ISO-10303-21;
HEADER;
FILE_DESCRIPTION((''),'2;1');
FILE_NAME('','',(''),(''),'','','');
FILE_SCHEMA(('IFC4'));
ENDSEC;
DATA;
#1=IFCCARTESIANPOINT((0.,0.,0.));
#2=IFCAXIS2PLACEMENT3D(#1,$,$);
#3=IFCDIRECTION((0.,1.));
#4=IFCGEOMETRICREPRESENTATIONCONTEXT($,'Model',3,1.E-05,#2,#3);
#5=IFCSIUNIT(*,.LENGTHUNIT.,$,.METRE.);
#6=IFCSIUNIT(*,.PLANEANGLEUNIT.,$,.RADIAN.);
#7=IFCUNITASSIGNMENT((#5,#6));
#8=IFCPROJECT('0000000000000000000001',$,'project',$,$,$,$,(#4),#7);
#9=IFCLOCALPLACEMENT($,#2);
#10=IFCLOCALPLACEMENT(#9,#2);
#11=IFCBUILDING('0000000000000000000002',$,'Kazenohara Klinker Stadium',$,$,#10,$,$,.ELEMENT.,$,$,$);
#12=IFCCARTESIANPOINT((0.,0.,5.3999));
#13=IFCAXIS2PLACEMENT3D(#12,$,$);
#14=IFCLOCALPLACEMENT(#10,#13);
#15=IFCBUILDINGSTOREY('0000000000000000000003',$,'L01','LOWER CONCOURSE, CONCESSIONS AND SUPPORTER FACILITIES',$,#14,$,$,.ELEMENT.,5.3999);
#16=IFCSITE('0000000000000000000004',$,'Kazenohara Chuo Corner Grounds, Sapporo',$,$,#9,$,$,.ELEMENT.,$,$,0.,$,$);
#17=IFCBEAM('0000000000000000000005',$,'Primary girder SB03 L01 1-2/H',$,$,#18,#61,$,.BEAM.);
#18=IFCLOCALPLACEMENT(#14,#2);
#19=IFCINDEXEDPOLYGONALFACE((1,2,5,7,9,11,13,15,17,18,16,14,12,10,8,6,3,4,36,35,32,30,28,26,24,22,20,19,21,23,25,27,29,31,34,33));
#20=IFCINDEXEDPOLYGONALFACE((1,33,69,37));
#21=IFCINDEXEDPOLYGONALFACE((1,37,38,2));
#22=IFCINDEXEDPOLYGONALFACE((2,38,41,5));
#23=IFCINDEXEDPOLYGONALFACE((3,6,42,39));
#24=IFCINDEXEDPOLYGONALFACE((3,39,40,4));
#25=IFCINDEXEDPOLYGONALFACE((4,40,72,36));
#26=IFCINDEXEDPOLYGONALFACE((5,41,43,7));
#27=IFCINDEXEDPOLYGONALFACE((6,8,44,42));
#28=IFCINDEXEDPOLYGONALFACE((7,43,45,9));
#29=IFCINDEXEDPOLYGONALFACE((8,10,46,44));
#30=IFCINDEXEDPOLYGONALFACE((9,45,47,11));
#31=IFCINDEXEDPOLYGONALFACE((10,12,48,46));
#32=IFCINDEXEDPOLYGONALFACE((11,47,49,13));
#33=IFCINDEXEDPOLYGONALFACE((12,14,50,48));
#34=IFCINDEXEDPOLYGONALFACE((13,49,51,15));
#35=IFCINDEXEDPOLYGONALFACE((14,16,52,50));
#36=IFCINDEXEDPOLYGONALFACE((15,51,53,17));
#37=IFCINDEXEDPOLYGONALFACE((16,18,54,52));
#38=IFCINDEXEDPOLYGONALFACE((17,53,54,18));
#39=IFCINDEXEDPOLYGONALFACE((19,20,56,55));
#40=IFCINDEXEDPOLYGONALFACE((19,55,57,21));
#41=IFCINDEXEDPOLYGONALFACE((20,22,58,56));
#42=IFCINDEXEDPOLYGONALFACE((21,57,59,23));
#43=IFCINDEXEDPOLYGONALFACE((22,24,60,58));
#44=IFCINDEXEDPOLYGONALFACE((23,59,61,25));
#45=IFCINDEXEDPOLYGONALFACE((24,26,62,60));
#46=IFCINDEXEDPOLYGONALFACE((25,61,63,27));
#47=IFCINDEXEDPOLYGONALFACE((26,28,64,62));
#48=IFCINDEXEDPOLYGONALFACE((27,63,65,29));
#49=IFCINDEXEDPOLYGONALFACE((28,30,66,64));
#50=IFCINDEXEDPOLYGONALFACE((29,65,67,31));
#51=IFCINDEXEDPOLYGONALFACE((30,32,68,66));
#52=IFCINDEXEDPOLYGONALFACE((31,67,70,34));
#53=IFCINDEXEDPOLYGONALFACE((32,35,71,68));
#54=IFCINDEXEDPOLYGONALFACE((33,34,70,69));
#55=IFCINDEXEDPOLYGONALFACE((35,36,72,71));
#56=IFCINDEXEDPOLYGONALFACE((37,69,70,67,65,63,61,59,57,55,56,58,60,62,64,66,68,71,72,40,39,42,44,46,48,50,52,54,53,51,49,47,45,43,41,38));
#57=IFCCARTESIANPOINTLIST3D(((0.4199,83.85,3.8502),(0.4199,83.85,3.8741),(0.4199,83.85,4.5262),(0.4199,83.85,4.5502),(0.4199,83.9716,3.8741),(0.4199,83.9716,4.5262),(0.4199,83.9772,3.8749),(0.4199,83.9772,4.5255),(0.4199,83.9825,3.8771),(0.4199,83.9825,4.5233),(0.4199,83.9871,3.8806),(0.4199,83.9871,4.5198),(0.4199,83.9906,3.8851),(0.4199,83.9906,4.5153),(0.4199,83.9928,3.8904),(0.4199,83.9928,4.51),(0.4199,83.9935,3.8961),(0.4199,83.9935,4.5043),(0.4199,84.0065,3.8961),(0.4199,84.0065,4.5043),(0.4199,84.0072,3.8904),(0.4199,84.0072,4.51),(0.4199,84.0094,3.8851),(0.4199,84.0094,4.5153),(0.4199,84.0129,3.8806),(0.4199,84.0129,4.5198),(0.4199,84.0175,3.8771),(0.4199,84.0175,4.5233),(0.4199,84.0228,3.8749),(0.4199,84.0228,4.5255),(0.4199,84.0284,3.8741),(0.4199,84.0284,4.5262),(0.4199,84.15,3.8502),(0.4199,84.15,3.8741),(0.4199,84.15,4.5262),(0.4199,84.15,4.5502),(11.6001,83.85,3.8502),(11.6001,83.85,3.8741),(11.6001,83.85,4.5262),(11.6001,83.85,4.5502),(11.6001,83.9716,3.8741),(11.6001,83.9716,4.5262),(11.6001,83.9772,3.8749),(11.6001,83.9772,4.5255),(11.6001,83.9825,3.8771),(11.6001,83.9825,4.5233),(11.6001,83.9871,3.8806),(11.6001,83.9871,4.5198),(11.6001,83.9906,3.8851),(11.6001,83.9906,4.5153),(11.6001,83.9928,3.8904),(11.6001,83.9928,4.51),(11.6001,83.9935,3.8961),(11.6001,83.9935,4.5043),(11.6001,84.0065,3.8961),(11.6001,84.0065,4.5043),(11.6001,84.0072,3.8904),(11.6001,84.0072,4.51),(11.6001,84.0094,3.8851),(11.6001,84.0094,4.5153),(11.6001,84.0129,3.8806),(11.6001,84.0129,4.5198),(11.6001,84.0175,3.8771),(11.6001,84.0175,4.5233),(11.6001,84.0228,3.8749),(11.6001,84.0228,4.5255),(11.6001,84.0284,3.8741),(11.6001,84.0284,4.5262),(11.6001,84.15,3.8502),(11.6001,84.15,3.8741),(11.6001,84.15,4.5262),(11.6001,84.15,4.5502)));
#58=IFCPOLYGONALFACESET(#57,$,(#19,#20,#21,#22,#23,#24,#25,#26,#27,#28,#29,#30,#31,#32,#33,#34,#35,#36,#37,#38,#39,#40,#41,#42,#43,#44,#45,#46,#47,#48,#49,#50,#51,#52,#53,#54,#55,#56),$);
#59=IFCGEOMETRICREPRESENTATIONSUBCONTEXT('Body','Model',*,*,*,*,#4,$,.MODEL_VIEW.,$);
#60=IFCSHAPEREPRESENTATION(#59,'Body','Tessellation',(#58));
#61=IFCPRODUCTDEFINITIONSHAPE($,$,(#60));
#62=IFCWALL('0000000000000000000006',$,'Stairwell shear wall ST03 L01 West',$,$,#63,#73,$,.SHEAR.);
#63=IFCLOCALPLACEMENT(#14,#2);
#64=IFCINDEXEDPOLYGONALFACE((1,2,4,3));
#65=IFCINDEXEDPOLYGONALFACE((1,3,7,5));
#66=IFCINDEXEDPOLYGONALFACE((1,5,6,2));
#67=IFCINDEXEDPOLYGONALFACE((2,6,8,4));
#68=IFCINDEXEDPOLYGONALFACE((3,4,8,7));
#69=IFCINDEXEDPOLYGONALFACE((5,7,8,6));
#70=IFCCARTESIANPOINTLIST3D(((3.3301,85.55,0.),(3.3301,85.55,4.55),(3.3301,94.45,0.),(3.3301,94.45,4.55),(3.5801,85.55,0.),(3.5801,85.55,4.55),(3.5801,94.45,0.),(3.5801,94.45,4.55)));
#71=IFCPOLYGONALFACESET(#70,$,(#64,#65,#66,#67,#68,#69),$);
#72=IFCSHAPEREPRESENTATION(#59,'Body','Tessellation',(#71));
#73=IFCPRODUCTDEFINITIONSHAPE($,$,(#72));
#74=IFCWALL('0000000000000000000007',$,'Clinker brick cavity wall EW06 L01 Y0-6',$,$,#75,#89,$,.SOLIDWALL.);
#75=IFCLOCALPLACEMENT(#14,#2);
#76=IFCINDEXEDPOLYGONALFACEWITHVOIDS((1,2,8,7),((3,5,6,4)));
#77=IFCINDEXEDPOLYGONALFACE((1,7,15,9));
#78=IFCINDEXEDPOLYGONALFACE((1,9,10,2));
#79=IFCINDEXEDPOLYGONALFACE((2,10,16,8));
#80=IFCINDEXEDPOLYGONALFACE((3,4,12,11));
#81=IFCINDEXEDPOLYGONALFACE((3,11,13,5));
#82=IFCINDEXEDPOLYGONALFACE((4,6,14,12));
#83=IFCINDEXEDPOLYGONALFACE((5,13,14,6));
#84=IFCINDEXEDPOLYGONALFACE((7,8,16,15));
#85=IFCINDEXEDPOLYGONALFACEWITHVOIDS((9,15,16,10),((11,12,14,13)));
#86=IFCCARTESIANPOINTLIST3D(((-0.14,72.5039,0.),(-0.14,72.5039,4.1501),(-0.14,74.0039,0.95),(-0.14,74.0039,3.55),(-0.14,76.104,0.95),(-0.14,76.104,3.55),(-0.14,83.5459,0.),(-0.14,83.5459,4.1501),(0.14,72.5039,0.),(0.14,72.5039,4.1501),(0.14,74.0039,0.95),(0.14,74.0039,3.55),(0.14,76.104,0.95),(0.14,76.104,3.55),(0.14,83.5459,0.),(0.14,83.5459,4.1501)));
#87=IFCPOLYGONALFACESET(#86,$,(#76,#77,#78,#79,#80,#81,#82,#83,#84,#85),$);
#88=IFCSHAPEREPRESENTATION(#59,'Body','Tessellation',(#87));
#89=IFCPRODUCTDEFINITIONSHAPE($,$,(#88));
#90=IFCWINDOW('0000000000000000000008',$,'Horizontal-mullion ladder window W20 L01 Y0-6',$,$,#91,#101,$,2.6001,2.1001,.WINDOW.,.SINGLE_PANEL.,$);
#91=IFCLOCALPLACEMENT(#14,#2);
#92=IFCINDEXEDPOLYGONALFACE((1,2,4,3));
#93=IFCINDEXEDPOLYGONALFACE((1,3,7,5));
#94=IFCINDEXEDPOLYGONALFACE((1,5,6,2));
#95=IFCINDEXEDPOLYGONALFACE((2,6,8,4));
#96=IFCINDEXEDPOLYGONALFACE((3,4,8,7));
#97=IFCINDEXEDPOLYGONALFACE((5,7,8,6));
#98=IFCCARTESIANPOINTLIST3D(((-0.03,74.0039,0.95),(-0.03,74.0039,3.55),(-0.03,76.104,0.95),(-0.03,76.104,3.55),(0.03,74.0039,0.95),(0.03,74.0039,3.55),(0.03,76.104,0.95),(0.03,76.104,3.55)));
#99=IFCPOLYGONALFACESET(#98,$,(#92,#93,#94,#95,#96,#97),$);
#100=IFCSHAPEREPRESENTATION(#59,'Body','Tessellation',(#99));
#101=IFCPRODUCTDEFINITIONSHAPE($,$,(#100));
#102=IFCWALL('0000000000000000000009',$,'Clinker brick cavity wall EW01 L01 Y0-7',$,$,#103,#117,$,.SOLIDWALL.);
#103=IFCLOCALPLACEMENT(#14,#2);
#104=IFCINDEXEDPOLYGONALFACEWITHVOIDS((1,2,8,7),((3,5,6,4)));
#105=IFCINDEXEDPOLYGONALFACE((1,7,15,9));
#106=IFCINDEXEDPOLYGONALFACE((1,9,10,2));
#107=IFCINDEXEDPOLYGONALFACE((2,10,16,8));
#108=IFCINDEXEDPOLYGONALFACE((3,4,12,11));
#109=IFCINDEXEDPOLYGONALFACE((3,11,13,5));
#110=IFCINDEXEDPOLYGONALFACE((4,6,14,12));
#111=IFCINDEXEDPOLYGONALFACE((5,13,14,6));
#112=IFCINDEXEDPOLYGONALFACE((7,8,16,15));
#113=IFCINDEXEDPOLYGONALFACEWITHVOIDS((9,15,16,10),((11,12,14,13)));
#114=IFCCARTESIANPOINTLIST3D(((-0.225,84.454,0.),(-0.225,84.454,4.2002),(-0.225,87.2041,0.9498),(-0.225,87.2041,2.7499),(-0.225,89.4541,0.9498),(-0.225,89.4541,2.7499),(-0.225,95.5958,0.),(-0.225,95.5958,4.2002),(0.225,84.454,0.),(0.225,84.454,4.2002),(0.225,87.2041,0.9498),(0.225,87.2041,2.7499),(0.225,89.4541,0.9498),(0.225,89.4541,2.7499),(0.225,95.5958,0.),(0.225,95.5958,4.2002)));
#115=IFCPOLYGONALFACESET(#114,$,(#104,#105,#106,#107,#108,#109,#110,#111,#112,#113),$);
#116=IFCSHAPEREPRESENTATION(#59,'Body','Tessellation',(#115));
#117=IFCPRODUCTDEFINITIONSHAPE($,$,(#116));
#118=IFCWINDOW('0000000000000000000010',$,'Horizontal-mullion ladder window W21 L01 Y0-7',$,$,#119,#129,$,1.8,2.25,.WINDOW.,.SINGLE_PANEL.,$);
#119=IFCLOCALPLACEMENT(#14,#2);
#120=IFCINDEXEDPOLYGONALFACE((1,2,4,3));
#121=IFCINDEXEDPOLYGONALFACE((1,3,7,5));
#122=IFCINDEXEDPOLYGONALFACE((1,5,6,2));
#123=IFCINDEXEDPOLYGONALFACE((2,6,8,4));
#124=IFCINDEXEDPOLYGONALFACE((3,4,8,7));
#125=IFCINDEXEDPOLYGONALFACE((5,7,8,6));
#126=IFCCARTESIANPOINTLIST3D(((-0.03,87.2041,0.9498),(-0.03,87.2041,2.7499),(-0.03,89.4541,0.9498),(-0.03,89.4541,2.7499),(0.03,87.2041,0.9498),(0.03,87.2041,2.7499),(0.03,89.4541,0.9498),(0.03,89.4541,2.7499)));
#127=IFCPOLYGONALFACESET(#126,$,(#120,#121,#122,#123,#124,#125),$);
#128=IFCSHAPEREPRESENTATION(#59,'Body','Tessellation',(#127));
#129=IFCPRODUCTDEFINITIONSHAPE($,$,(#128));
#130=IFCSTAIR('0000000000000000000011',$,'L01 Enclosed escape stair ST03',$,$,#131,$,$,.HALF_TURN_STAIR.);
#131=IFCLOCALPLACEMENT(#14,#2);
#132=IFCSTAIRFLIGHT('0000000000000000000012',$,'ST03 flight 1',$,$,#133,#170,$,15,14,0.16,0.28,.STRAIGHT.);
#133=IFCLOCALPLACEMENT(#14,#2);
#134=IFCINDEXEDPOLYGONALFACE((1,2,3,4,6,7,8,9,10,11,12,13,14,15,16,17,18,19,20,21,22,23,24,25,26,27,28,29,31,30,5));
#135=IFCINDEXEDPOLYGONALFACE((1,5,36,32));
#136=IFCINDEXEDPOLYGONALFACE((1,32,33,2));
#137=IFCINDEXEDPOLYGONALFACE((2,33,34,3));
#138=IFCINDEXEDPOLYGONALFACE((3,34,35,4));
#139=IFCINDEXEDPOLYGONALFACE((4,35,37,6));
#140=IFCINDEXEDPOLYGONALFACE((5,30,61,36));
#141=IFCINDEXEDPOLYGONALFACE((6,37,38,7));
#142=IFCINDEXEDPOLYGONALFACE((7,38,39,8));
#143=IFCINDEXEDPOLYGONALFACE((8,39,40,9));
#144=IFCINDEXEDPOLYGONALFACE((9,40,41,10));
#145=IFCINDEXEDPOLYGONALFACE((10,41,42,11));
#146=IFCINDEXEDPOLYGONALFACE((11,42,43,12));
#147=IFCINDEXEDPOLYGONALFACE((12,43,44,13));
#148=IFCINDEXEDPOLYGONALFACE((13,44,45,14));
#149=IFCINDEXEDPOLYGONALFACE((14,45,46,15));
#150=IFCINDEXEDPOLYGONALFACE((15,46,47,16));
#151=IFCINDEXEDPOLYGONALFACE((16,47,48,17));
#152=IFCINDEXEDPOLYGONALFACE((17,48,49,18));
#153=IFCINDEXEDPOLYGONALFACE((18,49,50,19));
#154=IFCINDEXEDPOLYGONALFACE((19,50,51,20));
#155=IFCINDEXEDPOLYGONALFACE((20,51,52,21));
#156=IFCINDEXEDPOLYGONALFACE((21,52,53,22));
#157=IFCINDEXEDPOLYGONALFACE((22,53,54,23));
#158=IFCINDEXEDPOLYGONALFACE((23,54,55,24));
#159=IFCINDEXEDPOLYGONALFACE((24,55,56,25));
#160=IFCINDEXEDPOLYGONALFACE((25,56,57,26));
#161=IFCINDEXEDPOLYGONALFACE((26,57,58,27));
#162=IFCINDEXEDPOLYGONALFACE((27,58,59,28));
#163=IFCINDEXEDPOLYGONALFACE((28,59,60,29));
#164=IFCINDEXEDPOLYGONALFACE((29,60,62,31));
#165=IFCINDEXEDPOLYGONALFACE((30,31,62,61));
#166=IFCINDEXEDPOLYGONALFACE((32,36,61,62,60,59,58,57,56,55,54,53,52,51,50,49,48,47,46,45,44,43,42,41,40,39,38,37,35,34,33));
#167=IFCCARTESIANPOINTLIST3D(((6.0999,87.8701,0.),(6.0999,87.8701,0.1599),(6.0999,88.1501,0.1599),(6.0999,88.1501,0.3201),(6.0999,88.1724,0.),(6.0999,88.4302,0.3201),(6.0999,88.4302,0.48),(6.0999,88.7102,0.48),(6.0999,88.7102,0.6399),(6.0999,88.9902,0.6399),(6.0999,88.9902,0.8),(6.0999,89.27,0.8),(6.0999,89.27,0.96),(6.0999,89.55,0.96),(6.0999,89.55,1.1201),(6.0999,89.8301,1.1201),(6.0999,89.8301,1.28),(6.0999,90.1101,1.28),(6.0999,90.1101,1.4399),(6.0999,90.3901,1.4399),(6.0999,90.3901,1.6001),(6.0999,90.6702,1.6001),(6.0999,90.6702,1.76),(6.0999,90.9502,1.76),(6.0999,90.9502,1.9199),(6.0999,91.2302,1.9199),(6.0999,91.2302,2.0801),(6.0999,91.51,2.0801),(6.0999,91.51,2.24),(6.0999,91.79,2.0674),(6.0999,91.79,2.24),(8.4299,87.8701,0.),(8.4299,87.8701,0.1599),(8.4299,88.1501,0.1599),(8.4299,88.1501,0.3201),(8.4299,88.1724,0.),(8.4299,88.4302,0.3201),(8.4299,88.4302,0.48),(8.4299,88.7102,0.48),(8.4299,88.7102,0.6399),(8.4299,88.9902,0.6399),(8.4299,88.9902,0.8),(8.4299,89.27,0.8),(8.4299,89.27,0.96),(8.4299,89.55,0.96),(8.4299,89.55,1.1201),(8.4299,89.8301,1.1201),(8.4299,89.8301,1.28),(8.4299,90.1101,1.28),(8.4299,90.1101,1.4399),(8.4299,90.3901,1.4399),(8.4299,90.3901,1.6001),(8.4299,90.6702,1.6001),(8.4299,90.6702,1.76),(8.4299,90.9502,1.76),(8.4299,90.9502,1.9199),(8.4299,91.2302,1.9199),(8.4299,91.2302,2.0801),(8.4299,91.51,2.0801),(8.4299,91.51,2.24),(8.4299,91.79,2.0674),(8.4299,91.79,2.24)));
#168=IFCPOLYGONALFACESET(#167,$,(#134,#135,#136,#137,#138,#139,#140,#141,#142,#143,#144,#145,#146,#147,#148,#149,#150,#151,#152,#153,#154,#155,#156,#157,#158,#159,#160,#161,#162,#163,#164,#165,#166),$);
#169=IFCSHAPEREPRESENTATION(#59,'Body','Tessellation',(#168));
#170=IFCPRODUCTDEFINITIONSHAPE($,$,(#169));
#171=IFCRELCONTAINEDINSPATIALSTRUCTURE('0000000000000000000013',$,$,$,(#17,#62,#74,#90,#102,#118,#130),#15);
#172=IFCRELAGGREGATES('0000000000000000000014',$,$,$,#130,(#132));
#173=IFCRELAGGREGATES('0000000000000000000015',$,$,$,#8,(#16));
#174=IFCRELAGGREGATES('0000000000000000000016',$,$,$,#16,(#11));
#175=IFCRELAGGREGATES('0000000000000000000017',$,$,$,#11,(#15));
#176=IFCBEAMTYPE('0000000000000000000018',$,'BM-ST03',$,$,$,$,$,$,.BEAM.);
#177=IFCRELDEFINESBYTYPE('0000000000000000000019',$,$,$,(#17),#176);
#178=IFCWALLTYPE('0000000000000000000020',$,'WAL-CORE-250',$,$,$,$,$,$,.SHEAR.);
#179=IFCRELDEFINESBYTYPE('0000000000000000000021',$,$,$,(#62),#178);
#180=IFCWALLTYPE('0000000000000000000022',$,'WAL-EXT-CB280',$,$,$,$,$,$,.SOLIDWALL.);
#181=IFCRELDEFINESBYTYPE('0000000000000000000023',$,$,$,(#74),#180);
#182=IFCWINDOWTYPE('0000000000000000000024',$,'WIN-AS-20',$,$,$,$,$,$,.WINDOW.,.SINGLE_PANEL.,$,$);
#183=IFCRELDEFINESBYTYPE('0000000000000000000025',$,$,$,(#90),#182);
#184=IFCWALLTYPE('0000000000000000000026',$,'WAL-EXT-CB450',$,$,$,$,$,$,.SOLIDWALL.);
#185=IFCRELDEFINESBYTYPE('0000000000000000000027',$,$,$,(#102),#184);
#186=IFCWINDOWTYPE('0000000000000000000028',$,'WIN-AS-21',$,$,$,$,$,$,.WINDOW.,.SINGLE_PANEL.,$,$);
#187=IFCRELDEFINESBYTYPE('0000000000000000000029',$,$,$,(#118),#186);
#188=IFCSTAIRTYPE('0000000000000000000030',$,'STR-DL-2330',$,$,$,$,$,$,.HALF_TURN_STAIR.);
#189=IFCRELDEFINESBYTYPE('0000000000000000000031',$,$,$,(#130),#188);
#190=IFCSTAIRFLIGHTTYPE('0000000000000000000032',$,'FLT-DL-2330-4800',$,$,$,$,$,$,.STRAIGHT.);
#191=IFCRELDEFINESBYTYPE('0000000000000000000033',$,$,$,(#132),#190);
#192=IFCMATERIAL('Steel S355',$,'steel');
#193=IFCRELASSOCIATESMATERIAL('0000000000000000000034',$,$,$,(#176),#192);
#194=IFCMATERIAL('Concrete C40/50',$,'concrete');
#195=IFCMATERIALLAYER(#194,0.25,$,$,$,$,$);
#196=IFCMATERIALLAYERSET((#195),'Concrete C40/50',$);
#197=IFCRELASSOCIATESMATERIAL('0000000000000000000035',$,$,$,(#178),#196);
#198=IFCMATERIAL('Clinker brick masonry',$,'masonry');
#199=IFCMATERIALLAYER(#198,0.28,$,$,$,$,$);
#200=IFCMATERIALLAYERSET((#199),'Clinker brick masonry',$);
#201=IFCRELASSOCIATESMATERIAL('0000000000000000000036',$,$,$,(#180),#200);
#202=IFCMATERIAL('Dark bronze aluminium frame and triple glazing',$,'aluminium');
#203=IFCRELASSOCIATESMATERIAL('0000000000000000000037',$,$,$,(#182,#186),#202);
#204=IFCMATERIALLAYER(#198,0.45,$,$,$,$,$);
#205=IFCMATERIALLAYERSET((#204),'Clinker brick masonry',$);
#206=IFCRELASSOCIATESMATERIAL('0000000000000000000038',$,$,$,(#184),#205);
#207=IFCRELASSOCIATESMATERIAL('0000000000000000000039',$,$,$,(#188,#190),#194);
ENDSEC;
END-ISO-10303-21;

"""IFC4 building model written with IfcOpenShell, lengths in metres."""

from ifc_helpers import new_model, si_unit, direction, frame, frame_2d, origin, origin_2d, place, context, subcontext, project, spatial, polyline, rectangle, i_section, outline, extrude, material, layer, layer_set, material_profile, profile_set, type_object, element, fill, aggregate, save


model = new_model("IFC4")

# Units and contexts
model_context = context("Model", 3, precision=1e-05, world=origin(), true_north=direction((0.0, 1.0)))
body_context = subcontext(model_context, "Body", "Model", "MODEL_VIEW")
ifc_project = project(units=[si_unit("LENGTHUNIT", "METRE"), si_unit("PLANEANGLEUNIT", "RADIAN")], contexts=[model_context])

# Site, building, storey
site_placement = place(None, origin())
site = spatial("IfcSite", under=ifc_project, at=site_placement, Name="Kazenohara Chuo Corner Grounds, Sapporo", CompositionType="ELEMENT", RefElevation=0.0)
building_placement = place(site_placement, origin())
building = spatial("IfcBuilding", under=site, at=building_placement, Name="Kazenohara Klinker Stadium", CompositionType="ELEMENT")
storey_placement = place(building_placement, frame((0.0, 0.0, 5.3999)))
storey = spatial("IfcBuildingStorey", under=building, at=storey_placement, Name="L01", Description="LOWER CONCOURSE, CONCESSIONS AND SUPPORTER FACILITIES", CompositionType="ELEMENT", Elevation=5.3999)

# Shared definitions
ifc_material_1 = material(Name="Concrete C40/50", Category="concrete")

# Beam
ifc_material_2 = material(Name="Steel S355", Category="steel")
ifc_material_profile_1 = material_profile(ifc_material_2, i_section(OverallWidth=0.3, OverallDepth=0.7, WebThickness=0.0129, FlangeThickness=0.0239, FilletRadius=0.022, at=origin_2d()), Name="H-700x300x13x24")
ifc_profile_set_1 = profile_set([ifc_material_profile_1], Name="Steel S355")
beam_type_1 = type_object("IfcBeamType", Name="BM-ST03", PredefinedType="BEAM", material=ifc_profile_set_1)
beam_1_placement = place(storey_placement, frame((0.4199, 84.0, 4.2002), z_axis=(1.0, 0.0, 0.0), x_axis=(0.0, 1.0, 0.0)))
element("IfcBeam", 1, at=beam_1_placement, inside=storey, type_object=beam_type_1, Name="Primary girder SB03 L01 1-2/H", PredefinedType="BEAM", context=body_context, shape_type="SweptSolid", body=[
    extrude(i_section(OverallWidth=0.3, OverallDepth=0.7, WebThickness=0.0129, FlangeThickness=0.0239, FilletRadius=0.022, at=origin_2d()), origin(), (0.0, 0.0, 1.0), 11.1802),
])

# Shared definitions
ifc_layer_1 = layer(ifc_material_1, 0.25)
ifc_layer_set_1 = layer_set([ifc_layer_1], Name="Concrete C40/50")
wall_type_1 = type_object("IfcWallType", Name="WAL-CORE-250", PredefinedType="SHEAR", material=ifc_layer_set_1)

# Wall
wall_1_placement = place(storey_placement, frame((3.4551, 85.55, 0.0), z_axis=(0.0, 0.0, 1.0), x_axis=(0.0, 1.0, 0.0)))
element("IfcWall", 2, at=wall_1_placement, inside=storey, type_object=wall_type_1, Name="Stairwell shear wall ST03 L01 West", PredefinedType="SHEAR", context=body_context, shape_type="SweptSolid", body=[
    extrude(rectangle(XDim=8.8999, YDim=0.25, at=frame_2d((4.45, 0.0))), origin(), (0.0, 0.0, 1.0), 4.55),
])

# Walls, openings, windows
ifc_material_3 = material(Name="Clinker brick masonry", Category="masonry")
ifc_layer_2 = layer(ifc_material_3, 0.28)
ifc_layer_set_2 = layer_set([ifc_layer_2], Name="Clinker brick masonry")
wall_type_2 = type_object("IfcWallType", Name="WAL-EXT-CB280", PredefinedType="SOLIDWALL", material=ifc_layer_set_2)
wall_2_placement = place(storey_placement, frame((0.0, 72.5039, 0.0), z_axis=(0.0, 0.0, 1.0), x_axis=(0.0, 1.0, 0.0)))
wall_2 = element("IfcWall", 3, at=wall_2_placement, inside=storey, type_object=wall_type_2, Name="Clinker brick cavity wall EW06 L01 Y0-6", PredefinedType="SOLIDWALL", context=body_context, shape_type="SweptSolid", body=[
    extrude(rectangle(XDim=11.042, YDim=0.28, at=frame_2d((5.521, 0.0))), origin(), (0.0, 0.0, 1.0), 4.1501),
])
opening_1_placement = place(wall_2_placement, frame((1.5, 0.0, 0.95)))
opening_1 = element("IfcOpeningElement", 4, at=opening_1_placement, cuts=wall_2, PredefinedType="OPENING", context=body_context, shape_type="SweptSolid", body=[
    extrude(rectangle(XDim=2.1001, YDim=2.6001, at=frame_2d((1.05, 1.3))), frame((0.0, 0.1499, 0.0), z_axis=(0.0, -1.0, 0.0), x_axis=(1.0, 0.0, 0.0)), (0.0, 0.0, 1.0), 0.3),
])
ifc_material_4 = material(Name="Dark bronze aluminium frame and triple glazing", Category="aluminium")
window_type_1 = type_object("IfcWindowType", Name="WIN-AS-20", PartitioningType="SINGLE_PANEL", PredefinedType="WINDOW", material=ifc_material_4)
window_1_placement = place(opening_1_placement, origin())
window_1 = element("IfcWindow", 5, at=window_1_placement, inside=storey, type_object=window_type_1, Name="Horizontal-mullion ladder window W20 L01 Y0-6", OverallHeight=2.6001, OverallWidth=2.1001, PartitioningType="SINGLE_PANEL", PredefinedType="WINDOW", context=body_context, shape_type="SweptSolid", body=[
    extrude(rectangle(XDim=2.1001, YDim=2.6001, at=frame_2d((1.05, 1.3))), frame((0.0, 0.03, 0.0), z_axis=(0.0, -1.0, 0.0), x_axis=(1.0, 0.0, 0.0)), (0.0, 0.0, 1.0), 0.0601),
])
fill(opening_1, window_1)
ifc_layer_3 = layer(ifc_material_3, 0.45)
ifc_layer_set_3 = layer_set([ifc_layer_3], Name="Clinker brick masonry")
wall_type_3 = type_object("IfcWallType", Name="WAL-EXT-CB450", PredefinedType="SOLIDWALL", material=ifc_layer_set_3)
wall_3_placement = place(storey_placement, frame((0.0, 84.4541, 0.0), z_axis=(0.0, 0.0, 1.0), x_axis=(0.0, 1.0, 0.0)))
wall_3 = element("IfcWall", 6, at=wall_3_placement, inside=storey, type_object=wall_type_3, Name="Clinker brick cavity wall EW01 L01 Y0-7", PredefinedType="SOLIDWALL", context=body_context, shape_type="SweptSolid", body=[
    extrude(rectangle(XDim=11.1418, YDim=0.45, at=frame_2d((5.5708, 0.0))), origin(), (0.0, 0.0, 1.0), 4.2002),
])
opening_2_placement = place(wall_3_placement, frame((2.75, 0.0, 0.95)))
opening_2 = element("IfcOpeningElement", 7, at=opening_2_placement, cuts=wall_3, PredefinedType="OPENING", context=body_context, shape_type="SweptSolid", body=[
    extrude(rectangle(XDim=2.25, YDim=1.8, at=frame_2d((1.125, 0.8999))), frame((0.0, 0.2349, 0.0), z_axis=(0.0, -1.0, 0.0), x_axis=(1.0, 0.0, 0.0)), (0.0, 0.0, 1.0), 0.47),
])
window_type_2 = type_object("IfcWindowType", Name="WIN-AS-21", PartitioningType="SINGLE_PANEL", PredefinedType="WINDOW", material=ifc_material_4)
window_2_placement = place(opening_2_placement, origin())
window_2 = element("IfcWindow", 8, at=window_2_placement, inside=storey, type_object=window_type_2, Name="Horizontal-mullion ladder window W21 L01 Y0-7", OverallHeight=1.8, OverallWidth=2.25, PartitioningType="SINGLE_PANEL", PredefinedType="WINDOW", context=body_context, shape_type="SweptSolid", body=[
    extrude(rectangle(XDim=2.25, YDim=1.8, at=frame_2d((1.125, 0.8999))), frame((0.0, 0.03, 0.0), z_axis=(0.0, -1.0, 0.0), x_axis=(1.0, 0.0, 0.0)), (0.0, 0.0, 1.0), 0.0601),
])
fill(opening_2, window_2)

# Stair, stair flight
stair_type = type_object("IfcStairType", Name="STR-DL-2330", PredefinedType="HALF_TURN_STAIR", material=ifc_material_1)
stair_placement = place(storey_placement, origin())
stair = element("IfcStair", 9, at=stair_placement, inside=storey, type_object=stair_type, Name="L01 Enclosed escape stair ST03", PredefinedType="HALF_TURN_STAIR")
stair_flight_type = type_object("IfcStairFlightType", Name="FLT-DL-2330-4800", PredefinedType="STRAIGHT", material=ifc_material_1)
stair_flight_1_placement = place(storey_placement, frame((7.2649, 87.8701, 0.0), z_axis=(0.0, 0.0, 1.0), x_axis=(0.0, 1.0, 0.0)))
stair_flight_1 = element("IfcStairFlight", 10, at=stair_flight_1_placement, type_object=stair_flight_type, Name="ST03 flight 1", NumberOfRisers=15, NumberOfTreads=14, PredefinedType="STRAIGHT", RiserHeight=0.16, TreadLength=0.28, context=body_context, shape_type="SweptSolid", body=[
    extrude(outline(polyline([(0.0, 0.0), (0.0, 0.1599), (0.28, 0.1599), (0.28, 0.3201), (0.5601, 0.3201), (0.5601, 0.48), (0.8401, 0.48), (0.8401, 0.6399), (1.1201, 0.6399), (1.1201, 0.8), (1.3999, 0.8), (1.3999, 0.96), (1.6799, 0.96), (1.6799, 1.1201), (1.96, 1.1201), (1.96, 1.28), (2.24, 1.28), (2.24, 1.4399), (2.52, 1.4399), (2.52, 1.6001), (2.8, 1.6001), (2.8, 1.76), (3.0801, 1.76), (3.0801, 1.9199), (3.3601, 1.9199), (3.3601, 2.0801), (3.6399, 2.0801), (3.6399, 2.24), (3.9199, 2.24), (3.9199, 2.3999), (3.9199, 2.0674), (0.3022, 0.0), (0.0, 0.0)])), frame((0.0, 1.165, 0.0), z_axis=(0.0, -1.0, 0.0), x_axis=(1.0, 0.0, 0.0)), (0.0, 0.0, 1.0), 2.3301),
])
aggregate(stair, [stair_flight_1])

save(model, "model.ifc")
